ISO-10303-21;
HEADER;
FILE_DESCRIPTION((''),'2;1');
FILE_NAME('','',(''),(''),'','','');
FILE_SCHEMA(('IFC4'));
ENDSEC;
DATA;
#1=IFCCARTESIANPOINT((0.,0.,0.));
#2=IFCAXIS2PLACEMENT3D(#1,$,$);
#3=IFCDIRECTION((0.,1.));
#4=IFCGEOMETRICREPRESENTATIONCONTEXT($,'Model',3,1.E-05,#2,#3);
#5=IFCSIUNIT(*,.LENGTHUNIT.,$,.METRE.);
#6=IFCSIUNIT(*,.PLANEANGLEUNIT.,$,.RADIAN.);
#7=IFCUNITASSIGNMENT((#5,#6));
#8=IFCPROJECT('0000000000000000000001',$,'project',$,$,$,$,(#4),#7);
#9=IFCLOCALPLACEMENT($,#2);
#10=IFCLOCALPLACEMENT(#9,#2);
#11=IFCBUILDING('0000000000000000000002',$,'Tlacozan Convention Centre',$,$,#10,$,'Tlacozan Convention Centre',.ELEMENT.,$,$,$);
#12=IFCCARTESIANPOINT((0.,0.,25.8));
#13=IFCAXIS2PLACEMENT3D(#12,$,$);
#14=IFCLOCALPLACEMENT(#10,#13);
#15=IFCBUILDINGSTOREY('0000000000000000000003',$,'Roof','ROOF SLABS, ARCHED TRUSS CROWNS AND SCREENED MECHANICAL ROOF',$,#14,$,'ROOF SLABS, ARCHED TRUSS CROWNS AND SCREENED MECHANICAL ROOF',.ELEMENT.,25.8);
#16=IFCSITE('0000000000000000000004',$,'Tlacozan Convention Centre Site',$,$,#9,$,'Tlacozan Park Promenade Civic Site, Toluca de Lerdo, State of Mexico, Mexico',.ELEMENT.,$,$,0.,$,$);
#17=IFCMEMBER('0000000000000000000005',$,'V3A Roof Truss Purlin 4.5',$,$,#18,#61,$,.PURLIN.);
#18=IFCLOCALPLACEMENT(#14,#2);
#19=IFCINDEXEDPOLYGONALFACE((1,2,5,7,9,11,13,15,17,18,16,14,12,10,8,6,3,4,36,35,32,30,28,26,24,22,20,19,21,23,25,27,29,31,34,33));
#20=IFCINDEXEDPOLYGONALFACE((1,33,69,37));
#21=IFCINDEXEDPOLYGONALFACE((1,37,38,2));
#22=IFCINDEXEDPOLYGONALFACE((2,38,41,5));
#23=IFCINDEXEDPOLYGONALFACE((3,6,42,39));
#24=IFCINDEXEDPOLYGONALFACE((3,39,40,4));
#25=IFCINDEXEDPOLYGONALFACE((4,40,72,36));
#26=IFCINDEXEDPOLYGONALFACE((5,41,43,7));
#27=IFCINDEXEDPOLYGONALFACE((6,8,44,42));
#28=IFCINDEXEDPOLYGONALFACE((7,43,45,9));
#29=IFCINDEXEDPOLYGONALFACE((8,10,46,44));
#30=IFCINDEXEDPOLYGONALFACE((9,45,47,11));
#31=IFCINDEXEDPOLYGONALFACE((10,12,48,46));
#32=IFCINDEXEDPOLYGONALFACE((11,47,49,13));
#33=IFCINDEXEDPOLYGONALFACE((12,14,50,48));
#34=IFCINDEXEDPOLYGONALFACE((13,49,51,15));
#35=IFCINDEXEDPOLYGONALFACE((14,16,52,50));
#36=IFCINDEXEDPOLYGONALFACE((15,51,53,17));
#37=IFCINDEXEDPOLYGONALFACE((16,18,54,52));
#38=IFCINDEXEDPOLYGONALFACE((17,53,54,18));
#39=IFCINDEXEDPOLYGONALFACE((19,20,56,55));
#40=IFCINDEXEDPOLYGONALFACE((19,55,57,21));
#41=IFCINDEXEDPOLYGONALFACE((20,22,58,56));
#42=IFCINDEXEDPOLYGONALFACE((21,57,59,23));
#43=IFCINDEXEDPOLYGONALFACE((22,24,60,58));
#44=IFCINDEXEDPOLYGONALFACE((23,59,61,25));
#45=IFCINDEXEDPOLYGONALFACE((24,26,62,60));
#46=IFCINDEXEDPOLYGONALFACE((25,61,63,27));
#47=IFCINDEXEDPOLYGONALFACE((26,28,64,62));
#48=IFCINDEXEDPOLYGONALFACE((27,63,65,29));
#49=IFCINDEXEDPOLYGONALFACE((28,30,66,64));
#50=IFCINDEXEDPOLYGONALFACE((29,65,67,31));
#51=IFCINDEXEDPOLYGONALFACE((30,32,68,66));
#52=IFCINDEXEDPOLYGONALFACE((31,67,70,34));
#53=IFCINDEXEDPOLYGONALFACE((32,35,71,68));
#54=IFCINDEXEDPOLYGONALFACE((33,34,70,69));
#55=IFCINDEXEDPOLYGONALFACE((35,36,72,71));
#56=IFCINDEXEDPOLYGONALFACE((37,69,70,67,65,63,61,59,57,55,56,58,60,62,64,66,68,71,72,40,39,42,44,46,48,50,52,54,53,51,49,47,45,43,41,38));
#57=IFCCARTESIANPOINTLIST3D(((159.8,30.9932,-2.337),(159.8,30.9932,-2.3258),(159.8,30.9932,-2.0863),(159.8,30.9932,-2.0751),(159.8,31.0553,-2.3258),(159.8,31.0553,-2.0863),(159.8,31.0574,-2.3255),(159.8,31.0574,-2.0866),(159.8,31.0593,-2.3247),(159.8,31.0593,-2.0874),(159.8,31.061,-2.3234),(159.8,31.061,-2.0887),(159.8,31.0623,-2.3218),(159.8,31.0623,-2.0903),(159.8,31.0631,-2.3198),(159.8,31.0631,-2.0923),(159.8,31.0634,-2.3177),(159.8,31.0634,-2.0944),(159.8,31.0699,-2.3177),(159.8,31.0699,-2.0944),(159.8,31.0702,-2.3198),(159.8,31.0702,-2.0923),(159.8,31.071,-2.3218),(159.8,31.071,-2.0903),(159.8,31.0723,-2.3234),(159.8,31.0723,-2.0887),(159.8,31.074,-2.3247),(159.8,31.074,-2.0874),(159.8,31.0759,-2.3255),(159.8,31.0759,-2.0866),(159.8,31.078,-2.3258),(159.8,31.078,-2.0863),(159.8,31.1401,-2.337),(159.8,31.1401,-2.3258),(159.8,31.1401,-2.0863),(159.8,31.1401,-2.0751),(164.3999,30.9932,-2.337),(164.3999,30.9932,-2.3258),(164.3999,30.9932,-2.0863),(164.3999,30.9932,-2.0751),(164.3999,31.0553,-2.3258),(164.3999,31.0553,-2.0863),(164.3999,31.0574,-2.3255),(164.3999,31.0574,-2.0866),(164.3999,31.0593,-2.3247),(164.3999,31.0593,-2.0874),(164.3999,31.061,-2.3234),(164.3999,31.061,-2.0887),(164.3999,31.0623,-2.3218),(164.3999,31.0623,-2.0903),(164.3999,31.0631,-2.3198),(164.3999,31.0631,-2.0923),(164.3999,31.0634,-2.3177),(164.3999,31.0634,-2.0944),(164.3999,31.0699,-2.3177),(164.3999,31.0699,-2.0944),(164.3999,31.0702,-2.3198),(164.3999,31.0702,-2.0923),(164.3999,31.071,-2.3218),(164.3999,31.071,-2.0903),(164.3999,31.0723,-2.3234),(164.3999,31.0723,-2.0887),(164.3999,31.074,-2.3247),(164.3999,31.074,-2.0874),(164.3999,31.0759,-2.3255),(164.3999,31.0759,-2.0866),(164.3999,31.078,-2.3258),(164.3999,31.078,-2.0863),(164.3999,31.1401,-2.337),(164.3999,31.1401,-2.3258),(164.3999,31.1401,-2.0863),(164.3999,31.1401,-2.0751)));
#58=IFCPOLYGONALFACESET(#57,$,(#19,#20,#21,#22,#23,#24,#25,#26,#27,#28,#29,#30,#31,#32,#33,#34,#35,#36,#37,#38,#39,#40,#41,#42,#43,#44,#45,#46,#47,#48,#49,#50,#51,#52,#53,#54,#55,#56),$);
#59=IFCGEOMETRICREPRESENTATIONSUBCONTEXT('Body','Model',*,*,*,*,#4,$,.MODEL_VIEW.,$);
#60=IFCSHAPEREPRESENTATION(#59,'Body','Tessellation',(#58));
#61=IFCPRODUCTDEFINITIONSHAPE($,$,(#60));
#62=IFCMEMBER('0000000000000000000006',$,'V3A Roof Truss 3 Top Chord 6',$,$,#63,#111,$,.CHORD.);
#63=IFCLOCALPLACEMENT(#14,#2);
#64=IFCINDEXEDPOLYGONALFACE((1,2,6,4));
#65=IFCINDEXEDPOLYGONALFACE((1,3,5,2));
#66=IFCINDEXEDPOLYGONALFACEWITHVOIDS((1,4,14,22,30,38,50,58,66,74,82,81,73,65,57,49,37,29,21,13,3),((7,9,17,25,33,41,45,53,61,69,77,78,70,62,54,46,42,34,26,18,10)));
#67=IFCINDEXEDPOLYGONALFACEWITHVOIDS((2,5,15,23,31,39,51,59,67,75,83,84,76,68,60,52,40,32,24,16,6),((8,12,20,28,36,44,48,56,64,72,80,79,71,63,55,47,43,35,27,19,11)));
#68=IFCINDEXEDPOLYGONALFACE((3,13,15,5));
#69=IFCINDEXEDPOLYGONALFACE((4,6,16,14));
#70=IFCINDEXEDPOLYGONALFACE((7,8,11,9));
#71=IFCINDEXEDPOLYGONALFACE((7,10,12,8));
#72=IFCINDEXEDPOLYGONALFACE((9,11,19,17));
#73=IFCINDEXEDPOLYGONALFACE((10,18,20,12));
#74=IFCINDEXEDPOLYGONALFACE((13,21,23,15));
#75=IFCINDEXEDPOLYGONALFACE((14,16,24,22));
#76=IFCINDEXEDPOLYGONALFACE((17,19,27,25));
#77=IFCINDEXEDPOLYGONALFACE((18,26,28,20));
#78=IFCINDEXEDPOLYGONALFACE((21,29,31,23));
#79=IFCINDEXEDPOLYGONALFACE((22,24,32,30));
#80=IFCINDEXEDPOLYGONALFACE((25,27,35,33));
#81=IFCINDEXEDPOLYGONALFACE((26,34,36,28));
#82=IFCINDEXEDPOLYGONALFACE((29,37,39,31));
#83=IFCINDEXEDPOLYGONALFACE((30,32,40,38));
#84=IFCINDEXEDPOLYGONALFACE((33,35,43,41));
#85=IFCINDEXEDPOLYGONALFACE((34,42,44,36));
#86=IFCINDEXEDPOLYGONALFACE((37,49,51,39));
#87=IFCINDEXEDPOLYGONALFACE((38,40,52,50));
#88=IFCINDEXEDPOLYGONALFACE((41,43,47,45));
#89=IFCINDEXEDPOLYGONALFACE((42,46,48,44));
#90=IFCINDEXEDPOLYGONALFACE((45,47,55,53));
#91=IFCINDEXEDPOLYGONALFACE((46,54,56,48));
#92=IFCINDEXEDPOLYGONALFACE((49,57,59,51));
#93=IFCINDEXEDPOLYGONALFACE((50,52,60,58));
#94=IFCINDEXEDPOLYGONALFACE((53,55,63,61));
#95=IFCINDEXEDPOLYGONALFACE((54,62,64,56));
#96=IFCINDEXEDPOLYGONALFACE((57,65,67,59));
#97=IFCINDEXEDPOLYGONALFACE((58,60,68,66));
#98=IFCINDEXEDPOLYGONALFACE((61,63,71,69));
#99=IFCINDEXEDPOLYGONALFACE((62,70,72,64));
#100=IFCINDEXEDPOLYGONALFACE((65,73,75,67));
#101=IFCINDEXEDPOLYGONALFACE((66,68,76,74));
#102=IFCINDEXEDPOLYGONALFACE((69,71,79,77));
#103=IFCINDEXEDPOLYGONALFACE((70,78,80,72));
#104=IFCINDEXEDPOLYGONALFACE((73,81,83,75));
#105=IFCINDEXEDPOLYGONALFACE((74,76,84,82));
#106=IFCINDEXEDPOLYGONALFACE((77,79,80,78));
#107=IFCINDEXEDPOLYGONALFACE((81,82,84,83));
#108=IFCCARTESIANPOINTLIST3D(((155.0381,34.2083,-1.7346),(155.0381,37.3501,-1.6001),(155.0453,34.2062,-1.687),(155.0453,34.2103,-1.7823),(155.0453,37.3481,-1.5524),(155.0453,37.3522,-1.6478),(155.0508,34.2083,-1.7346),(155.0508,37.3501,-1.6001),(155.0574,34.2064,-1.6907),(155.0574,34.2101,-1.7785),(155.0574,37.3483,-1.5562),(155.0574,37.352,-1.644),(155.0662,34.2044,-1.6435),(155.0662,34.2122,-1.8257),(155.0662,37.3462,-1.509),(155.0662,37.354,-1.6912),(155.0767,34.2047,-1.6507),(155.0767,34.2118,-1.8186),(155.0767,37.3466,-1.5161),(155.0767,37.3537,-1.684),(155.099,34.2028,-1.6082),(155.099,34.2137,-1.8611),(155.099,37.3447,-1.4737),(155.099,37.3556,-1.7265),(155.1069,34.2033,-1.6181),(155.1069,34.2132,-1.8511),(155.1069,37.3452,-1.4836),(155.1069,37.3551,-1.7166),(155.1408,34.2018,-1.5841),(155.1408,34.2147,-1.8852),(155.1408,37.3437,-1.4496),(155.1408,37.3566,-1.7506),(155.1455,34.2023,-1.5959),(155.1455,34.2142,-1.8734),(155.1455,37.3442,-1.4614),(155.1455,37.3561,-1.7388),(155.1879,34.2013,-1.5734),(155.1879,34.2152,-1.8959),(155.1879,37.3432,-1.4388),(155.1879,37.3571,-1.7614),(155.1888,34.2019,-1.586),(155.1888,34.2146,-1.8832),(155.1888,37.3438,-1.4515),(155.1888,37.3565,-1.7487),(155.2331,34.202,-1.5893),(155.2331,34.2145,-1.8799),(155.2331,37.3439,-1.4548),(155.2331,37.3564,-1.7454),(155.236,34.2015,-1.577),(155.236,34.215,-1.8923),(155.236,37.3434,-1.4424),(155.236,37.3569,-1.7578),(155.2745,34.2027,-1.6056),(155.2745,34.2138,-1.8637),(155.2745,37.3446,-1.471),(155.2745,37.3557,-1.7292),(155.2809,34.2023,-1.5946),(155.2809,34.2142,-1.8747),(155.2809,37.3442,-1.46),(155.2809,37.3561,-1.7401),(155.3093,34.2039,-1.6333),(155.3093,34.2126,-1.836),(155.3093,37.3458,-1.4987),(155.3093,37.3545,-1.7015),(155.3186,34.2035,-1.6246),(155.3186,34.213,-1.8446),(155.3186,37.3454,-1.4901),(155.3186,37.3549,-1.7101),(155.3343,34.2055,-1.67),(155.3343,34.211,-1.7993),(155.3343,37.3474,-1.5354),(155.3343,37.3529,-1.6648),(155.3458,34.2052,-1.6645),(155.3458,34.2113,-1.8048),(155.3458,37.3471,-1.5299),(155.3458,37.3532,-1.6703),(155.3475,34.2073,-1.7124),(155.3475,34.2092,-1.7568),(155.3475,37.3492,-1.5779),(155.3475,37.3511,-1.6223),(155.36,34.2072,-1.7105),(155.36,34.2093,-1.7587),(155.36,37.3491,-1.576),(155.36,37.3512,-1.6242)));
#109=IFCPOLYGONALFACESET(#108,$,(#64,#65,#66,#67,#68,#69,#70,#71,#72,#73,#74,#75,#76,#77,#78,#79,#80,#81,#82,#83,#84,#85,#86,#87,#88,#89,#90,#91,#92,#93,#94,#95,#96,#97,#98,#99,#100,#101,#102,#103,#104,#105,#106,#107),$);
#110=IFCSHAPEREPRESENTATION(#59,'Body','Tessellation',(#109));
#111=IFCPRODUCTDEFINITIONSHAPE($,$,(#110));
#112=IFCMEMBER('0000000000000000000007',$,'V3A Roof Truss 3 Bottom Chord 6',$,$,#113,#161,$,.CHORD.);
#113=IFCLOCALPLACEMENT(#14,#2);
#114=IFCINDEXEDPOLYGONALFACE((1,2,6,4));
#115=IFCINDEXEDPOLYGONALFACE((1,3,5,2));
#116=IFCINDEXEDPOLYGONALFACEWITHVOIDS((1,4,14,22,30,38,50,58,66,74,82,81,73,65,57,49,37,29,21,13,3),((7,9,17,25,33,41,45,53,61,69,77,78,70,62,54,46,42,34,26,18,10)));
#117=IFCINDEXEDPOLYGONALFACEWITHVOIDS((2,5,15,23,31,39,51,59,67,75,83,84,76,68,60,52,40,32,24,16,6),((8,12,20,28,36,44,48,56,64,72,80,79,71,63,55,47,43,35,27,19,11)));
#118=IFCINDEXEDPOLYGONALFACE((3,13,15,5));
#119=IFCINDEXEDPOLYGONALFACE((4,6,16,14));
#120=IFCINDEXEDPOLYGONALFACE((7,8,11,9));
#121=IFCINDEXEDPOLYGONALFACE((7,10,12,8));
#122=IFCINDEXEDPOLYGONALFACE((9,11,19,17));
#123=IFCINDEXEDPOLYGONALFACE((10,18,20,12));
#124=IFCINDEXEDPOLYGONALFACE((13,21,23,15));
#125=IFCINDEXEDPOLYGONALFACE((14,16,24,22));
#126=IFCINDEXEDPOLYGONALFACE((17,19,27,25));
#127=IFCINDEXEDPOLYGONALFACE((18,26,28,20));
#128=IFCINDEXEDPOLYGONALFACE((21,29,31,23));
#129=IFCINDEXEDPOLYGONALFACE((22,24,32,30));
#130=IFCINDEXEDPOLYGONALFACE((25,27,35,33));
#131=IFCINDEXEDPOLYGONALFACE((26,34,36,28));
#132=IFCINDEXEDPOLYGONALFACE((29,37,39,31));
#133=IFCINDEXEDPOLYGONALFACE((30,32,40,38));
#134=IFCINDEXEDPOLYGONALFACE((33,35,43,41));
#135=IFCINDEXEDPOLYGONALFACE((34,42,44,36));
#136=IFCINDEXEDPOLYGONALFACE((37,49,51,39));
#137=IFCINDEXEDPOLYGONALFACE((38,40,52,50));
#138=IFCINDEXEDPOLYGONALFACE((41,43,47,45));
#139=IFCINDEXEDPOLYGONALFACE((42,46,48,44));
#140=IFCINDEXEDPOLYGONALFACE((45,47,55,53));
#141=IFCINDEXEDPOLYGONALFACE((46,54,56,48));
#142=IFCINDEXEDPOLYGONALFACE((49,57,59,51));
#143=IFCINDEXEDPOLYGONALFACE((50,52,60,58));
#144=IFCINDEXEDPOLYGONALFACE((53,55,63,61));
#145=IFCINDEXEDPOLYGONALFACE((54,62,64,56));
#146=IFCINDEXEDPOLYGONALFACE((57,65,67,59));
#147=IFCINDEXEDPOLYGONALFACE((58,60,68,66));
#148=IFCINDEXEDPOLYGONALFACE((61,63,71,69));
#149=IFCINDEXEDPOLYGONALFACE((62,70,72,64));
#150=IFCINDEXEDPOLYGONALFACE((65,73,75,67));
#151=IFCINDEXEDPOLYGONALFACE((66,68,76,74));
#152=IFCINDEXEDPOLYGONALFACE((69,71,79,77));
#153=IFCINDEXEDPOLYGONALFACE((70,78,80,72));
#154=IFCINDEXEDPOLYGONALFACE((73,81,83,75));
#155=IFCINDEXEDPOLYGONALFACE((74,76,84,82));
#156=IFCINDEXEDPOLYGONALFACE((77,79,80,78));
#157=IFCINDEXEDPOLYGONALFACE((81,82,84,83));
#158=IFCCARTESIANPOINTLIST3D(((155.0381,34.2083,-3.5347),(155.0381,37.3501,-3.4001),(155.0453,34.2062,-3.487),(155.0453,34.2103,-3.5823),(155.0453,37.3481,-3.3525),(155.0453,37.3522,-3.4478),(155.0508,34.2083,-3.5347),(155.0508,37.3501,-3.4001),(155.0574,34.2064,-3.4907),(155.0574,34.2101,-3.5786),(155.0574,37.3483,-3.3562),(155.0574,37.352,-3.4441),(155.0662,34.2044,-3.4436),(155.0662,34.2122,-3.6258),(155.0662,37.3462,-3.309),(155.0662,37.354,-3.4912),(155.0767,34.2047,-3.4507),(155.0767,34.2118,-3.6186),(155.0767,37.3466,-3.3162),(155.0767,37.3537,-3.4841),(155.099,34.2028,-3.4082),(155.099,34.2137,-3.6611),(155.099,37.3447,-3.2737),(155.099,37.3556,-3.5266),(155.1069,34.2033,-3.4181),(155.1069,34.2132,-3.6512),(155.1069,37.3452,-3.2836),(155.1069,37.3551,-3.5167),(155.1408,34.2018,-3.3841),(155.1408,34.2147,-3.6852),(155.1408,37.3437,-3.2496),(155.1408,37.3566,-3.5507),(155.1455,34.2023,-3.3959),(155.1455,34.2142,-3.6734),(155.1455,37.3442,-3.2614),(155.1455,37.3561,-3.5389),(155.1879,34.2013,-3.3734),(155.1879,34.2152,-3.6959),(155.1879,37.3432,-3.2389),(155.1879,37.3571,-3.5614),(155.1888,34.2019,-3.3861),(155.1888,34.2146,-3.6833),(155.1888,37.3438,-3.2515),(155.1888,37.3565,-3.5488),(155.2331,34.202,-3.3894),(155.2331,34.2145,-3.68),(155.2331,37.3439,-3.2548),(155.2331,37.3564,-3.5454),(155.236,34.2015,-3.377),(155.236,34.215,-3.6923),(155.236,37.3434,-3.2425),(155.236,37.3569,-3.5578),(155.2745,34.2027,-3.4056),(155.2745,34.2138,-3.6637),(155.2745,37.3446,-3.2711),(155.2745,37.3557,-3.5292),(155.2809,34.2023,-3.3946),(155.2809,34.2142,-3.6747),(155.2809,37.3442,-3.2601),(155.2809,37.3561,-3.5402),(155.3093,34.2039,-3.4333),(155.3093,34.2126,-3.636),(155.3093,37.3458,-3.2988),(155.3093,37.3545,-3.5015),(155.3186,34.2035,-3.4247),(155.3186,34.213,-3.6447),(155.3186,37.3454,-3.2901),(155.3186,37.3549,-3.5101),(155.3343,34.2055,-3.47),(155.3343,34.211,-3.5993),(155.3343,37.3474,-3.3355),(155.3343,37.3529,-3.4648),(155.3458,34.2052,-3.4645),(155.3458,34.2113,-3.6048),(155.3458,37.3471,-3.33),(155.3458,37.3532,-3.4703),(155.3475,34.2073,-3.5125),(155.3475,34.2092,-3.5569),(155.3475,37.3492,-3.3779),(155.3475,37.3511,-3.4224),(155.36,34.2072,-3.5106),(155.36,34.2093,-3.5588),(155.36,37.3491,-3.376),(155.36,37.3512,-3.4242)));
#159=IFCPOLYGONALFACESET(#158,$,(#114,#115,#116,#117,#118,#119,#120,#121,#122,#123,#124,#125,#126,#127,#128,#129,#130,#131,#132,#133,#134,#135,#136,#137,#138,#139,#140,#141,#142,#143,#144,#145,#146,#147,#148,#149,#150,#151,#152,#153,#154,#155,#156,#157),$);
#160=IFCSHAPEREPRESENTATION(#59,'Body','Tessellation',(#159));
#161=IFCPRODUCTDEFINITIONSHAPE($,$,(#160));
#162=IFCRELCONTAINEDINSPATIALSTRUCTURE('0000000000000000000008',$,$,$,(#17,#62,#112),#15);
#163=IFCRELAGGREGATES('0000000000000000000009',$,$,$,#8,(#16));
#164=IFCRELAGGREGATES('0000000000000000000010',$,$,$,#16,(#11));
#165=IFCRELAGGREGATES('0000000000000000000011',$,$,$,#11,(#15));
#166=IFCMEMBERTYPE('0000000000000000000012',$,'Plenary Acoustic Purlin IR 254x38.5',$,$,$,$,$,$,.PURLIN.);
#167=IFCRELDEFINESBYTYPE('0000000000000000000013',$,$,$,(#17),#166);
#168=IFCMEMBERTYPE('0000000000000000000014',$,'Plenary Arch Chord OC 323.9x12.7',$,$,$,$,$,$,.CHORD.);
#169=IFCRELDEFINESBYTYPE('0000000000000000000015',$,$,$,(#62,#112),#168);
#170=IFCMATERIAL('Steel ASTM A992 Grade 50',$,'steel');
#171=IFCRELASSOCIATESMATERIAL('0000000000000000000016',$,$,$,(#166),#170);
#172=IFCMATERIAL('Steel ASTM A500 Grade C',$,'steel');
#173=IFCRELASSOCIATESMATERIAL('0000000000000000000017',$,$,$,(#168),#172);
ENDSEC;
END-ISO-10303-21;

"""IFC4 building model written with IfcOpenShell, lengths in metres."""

from ifc_helpers import new_model, si_unit, direction, frame, origin, origin_2d, place, context, subcontext, project, spatial, hollow_circle, i_section, extrude, material, material_profile, profile_set, type_object, element, save


model = new_model("IFC4")

# Units and contexts
model_context = context("Model", 3, precision=1e-05, world=origin(), true_north=direction((0.0, 1.0)))
body_context = subcontext(model_context, "Body", "Model", "MODEL_VIEW")
ifc_project = project(units=[si_unit("LENGTHUNIT", "METRE"), si_unit("PLANEANGLEUNIT", "RADIAN")], contexts=[model_context])

# Site, building, storey
site_placement = place(None, origin())
site = spatial("IfcSite", under=ifc_project, at=site_placement, Name="Tlacozan Convention Centre Site", LongName="Tlacozan Park Promenade Civic Site, Toluca de Lerdo, State of Mexico, Mexico", CompositionType="ELEMENT", RefElevation=0.0)
building_placement = place(site_placement, origin())
building = spatial("IfcBuilding", under=site, at=building_placement, Name="Tlacozan Convention Centre", LongName="Tlacozan Convention Centre", CompositionType="ELEMENT")
storey_placement = place(building_placement, frame((0.0, 0.0, 25.8)))
storey = spatial("IfcBuildingStorey", under=building, at=storey_placement, Name="Roof", Description="ROOF SLABS, ARCHED TRUSS CROWNS AND SCREENED MECHANICAL ROOF", LongName="ROOF SLABS, ARCHED TRUSS CROWNS AND SCREENED MECHANICAL ROOF", CompositionType="ELEMENT", Elevation=25.8)

# Members
ifc_material_1 = material(Name="Steel ASTM A992 Grade 50", Category="steel")
ifc_material_profile_1 = material_profile(ifc_material_1, i_section(OverallWidth=0.147, OverallDepth=0.262, WebThickness=0.0066, FlangeThickness=0.0112, FilletRadius=0.0081, at=origin_2d()), Name="IR 254x38.5")
ifc_profile_set_1 = profile_set([ifc_material_profile_1], Name="Steel ASTM A992 Grade 50")
member_type_1 = type_object("IfcMemberType", Name="Plenary Acoustic Purlin IR 254x38.5", PredefinedType="PURLIN", material=ifc_profile_set_1)
member_1_placement = place(storey_placement, frame((159.8, 31.0667, -2.2061), z_axis=(1.0, 0.0, 0.0), x_axis=(0.0, 1.0, 0.0)))
element("IfcMember", 1, at=member_1_placement, inside=storey, type_object=member_type_1, Name="V3A Roof Truss Purlin 4.5", PredefinedType="PURLIN", context=body_context, shape_type="SweptSolid", body=[
    extrude(i_section(OverallWidth=0.147, OverallDepth=0.262, WebThickness=0.0066, FlangeThickness=0.0112, FilletRadius=0.0081, at=origin_2d()), origin(), (0.0, 0.0, 1.0), 4.5999),
])
ifc_material_2 = material(Name="Steel ASTM A500 Grade C", Category="steel")
ifc_material_profile_2 = material_profile(ifc_material_2, hollow_circle(Radius=0.1619, WallThickness=0.0127, at=origin_2d()), Name="OC 323.9x12.7")
ifc_profile_set_2 = profile_set([ifc_material_profile_2], Name="Steel ASTM A500 Grade C")
member_type_2 = type_object("IfcMemberType", Name="Plenary Arch Chord OC 323.9x12.7", PredefinedType="CHORD", material=ifc_profile_set_2)
for number, where, z_axis, x_axis, name in (
    (2, (155.2, 34.2083, -1.7346), (0.0, 0.999085, 0.042777), (-1.0, 0.0, 0.0), "V3A Roof Truss 3 Top Chord 6"),
    (3, (155.2, 34.2083, -3.5347), (0.0, 0.999085, 0.042777), (-1.0, 0.0, 0.0), "V3A Roof Truss 3 Bottom Chord 6"),
):
    element("IfcMember", number, at=place(storey_placement, frame(where, z_axis=z_axis, x_axis=x_axis)), inside=storey, type_object=member_type_2, Name=name, PredefinedType="CHORD", context=body_context, shape_type="SweptSolid", body=[
        extrude(hollow_circle(Radius=0.1619, WallThickness=0.0127, at=origin_2d()), origin(), (0.0, 0.0, 1.0), 3.1448),
    ])

save(model, "model.ifc")
